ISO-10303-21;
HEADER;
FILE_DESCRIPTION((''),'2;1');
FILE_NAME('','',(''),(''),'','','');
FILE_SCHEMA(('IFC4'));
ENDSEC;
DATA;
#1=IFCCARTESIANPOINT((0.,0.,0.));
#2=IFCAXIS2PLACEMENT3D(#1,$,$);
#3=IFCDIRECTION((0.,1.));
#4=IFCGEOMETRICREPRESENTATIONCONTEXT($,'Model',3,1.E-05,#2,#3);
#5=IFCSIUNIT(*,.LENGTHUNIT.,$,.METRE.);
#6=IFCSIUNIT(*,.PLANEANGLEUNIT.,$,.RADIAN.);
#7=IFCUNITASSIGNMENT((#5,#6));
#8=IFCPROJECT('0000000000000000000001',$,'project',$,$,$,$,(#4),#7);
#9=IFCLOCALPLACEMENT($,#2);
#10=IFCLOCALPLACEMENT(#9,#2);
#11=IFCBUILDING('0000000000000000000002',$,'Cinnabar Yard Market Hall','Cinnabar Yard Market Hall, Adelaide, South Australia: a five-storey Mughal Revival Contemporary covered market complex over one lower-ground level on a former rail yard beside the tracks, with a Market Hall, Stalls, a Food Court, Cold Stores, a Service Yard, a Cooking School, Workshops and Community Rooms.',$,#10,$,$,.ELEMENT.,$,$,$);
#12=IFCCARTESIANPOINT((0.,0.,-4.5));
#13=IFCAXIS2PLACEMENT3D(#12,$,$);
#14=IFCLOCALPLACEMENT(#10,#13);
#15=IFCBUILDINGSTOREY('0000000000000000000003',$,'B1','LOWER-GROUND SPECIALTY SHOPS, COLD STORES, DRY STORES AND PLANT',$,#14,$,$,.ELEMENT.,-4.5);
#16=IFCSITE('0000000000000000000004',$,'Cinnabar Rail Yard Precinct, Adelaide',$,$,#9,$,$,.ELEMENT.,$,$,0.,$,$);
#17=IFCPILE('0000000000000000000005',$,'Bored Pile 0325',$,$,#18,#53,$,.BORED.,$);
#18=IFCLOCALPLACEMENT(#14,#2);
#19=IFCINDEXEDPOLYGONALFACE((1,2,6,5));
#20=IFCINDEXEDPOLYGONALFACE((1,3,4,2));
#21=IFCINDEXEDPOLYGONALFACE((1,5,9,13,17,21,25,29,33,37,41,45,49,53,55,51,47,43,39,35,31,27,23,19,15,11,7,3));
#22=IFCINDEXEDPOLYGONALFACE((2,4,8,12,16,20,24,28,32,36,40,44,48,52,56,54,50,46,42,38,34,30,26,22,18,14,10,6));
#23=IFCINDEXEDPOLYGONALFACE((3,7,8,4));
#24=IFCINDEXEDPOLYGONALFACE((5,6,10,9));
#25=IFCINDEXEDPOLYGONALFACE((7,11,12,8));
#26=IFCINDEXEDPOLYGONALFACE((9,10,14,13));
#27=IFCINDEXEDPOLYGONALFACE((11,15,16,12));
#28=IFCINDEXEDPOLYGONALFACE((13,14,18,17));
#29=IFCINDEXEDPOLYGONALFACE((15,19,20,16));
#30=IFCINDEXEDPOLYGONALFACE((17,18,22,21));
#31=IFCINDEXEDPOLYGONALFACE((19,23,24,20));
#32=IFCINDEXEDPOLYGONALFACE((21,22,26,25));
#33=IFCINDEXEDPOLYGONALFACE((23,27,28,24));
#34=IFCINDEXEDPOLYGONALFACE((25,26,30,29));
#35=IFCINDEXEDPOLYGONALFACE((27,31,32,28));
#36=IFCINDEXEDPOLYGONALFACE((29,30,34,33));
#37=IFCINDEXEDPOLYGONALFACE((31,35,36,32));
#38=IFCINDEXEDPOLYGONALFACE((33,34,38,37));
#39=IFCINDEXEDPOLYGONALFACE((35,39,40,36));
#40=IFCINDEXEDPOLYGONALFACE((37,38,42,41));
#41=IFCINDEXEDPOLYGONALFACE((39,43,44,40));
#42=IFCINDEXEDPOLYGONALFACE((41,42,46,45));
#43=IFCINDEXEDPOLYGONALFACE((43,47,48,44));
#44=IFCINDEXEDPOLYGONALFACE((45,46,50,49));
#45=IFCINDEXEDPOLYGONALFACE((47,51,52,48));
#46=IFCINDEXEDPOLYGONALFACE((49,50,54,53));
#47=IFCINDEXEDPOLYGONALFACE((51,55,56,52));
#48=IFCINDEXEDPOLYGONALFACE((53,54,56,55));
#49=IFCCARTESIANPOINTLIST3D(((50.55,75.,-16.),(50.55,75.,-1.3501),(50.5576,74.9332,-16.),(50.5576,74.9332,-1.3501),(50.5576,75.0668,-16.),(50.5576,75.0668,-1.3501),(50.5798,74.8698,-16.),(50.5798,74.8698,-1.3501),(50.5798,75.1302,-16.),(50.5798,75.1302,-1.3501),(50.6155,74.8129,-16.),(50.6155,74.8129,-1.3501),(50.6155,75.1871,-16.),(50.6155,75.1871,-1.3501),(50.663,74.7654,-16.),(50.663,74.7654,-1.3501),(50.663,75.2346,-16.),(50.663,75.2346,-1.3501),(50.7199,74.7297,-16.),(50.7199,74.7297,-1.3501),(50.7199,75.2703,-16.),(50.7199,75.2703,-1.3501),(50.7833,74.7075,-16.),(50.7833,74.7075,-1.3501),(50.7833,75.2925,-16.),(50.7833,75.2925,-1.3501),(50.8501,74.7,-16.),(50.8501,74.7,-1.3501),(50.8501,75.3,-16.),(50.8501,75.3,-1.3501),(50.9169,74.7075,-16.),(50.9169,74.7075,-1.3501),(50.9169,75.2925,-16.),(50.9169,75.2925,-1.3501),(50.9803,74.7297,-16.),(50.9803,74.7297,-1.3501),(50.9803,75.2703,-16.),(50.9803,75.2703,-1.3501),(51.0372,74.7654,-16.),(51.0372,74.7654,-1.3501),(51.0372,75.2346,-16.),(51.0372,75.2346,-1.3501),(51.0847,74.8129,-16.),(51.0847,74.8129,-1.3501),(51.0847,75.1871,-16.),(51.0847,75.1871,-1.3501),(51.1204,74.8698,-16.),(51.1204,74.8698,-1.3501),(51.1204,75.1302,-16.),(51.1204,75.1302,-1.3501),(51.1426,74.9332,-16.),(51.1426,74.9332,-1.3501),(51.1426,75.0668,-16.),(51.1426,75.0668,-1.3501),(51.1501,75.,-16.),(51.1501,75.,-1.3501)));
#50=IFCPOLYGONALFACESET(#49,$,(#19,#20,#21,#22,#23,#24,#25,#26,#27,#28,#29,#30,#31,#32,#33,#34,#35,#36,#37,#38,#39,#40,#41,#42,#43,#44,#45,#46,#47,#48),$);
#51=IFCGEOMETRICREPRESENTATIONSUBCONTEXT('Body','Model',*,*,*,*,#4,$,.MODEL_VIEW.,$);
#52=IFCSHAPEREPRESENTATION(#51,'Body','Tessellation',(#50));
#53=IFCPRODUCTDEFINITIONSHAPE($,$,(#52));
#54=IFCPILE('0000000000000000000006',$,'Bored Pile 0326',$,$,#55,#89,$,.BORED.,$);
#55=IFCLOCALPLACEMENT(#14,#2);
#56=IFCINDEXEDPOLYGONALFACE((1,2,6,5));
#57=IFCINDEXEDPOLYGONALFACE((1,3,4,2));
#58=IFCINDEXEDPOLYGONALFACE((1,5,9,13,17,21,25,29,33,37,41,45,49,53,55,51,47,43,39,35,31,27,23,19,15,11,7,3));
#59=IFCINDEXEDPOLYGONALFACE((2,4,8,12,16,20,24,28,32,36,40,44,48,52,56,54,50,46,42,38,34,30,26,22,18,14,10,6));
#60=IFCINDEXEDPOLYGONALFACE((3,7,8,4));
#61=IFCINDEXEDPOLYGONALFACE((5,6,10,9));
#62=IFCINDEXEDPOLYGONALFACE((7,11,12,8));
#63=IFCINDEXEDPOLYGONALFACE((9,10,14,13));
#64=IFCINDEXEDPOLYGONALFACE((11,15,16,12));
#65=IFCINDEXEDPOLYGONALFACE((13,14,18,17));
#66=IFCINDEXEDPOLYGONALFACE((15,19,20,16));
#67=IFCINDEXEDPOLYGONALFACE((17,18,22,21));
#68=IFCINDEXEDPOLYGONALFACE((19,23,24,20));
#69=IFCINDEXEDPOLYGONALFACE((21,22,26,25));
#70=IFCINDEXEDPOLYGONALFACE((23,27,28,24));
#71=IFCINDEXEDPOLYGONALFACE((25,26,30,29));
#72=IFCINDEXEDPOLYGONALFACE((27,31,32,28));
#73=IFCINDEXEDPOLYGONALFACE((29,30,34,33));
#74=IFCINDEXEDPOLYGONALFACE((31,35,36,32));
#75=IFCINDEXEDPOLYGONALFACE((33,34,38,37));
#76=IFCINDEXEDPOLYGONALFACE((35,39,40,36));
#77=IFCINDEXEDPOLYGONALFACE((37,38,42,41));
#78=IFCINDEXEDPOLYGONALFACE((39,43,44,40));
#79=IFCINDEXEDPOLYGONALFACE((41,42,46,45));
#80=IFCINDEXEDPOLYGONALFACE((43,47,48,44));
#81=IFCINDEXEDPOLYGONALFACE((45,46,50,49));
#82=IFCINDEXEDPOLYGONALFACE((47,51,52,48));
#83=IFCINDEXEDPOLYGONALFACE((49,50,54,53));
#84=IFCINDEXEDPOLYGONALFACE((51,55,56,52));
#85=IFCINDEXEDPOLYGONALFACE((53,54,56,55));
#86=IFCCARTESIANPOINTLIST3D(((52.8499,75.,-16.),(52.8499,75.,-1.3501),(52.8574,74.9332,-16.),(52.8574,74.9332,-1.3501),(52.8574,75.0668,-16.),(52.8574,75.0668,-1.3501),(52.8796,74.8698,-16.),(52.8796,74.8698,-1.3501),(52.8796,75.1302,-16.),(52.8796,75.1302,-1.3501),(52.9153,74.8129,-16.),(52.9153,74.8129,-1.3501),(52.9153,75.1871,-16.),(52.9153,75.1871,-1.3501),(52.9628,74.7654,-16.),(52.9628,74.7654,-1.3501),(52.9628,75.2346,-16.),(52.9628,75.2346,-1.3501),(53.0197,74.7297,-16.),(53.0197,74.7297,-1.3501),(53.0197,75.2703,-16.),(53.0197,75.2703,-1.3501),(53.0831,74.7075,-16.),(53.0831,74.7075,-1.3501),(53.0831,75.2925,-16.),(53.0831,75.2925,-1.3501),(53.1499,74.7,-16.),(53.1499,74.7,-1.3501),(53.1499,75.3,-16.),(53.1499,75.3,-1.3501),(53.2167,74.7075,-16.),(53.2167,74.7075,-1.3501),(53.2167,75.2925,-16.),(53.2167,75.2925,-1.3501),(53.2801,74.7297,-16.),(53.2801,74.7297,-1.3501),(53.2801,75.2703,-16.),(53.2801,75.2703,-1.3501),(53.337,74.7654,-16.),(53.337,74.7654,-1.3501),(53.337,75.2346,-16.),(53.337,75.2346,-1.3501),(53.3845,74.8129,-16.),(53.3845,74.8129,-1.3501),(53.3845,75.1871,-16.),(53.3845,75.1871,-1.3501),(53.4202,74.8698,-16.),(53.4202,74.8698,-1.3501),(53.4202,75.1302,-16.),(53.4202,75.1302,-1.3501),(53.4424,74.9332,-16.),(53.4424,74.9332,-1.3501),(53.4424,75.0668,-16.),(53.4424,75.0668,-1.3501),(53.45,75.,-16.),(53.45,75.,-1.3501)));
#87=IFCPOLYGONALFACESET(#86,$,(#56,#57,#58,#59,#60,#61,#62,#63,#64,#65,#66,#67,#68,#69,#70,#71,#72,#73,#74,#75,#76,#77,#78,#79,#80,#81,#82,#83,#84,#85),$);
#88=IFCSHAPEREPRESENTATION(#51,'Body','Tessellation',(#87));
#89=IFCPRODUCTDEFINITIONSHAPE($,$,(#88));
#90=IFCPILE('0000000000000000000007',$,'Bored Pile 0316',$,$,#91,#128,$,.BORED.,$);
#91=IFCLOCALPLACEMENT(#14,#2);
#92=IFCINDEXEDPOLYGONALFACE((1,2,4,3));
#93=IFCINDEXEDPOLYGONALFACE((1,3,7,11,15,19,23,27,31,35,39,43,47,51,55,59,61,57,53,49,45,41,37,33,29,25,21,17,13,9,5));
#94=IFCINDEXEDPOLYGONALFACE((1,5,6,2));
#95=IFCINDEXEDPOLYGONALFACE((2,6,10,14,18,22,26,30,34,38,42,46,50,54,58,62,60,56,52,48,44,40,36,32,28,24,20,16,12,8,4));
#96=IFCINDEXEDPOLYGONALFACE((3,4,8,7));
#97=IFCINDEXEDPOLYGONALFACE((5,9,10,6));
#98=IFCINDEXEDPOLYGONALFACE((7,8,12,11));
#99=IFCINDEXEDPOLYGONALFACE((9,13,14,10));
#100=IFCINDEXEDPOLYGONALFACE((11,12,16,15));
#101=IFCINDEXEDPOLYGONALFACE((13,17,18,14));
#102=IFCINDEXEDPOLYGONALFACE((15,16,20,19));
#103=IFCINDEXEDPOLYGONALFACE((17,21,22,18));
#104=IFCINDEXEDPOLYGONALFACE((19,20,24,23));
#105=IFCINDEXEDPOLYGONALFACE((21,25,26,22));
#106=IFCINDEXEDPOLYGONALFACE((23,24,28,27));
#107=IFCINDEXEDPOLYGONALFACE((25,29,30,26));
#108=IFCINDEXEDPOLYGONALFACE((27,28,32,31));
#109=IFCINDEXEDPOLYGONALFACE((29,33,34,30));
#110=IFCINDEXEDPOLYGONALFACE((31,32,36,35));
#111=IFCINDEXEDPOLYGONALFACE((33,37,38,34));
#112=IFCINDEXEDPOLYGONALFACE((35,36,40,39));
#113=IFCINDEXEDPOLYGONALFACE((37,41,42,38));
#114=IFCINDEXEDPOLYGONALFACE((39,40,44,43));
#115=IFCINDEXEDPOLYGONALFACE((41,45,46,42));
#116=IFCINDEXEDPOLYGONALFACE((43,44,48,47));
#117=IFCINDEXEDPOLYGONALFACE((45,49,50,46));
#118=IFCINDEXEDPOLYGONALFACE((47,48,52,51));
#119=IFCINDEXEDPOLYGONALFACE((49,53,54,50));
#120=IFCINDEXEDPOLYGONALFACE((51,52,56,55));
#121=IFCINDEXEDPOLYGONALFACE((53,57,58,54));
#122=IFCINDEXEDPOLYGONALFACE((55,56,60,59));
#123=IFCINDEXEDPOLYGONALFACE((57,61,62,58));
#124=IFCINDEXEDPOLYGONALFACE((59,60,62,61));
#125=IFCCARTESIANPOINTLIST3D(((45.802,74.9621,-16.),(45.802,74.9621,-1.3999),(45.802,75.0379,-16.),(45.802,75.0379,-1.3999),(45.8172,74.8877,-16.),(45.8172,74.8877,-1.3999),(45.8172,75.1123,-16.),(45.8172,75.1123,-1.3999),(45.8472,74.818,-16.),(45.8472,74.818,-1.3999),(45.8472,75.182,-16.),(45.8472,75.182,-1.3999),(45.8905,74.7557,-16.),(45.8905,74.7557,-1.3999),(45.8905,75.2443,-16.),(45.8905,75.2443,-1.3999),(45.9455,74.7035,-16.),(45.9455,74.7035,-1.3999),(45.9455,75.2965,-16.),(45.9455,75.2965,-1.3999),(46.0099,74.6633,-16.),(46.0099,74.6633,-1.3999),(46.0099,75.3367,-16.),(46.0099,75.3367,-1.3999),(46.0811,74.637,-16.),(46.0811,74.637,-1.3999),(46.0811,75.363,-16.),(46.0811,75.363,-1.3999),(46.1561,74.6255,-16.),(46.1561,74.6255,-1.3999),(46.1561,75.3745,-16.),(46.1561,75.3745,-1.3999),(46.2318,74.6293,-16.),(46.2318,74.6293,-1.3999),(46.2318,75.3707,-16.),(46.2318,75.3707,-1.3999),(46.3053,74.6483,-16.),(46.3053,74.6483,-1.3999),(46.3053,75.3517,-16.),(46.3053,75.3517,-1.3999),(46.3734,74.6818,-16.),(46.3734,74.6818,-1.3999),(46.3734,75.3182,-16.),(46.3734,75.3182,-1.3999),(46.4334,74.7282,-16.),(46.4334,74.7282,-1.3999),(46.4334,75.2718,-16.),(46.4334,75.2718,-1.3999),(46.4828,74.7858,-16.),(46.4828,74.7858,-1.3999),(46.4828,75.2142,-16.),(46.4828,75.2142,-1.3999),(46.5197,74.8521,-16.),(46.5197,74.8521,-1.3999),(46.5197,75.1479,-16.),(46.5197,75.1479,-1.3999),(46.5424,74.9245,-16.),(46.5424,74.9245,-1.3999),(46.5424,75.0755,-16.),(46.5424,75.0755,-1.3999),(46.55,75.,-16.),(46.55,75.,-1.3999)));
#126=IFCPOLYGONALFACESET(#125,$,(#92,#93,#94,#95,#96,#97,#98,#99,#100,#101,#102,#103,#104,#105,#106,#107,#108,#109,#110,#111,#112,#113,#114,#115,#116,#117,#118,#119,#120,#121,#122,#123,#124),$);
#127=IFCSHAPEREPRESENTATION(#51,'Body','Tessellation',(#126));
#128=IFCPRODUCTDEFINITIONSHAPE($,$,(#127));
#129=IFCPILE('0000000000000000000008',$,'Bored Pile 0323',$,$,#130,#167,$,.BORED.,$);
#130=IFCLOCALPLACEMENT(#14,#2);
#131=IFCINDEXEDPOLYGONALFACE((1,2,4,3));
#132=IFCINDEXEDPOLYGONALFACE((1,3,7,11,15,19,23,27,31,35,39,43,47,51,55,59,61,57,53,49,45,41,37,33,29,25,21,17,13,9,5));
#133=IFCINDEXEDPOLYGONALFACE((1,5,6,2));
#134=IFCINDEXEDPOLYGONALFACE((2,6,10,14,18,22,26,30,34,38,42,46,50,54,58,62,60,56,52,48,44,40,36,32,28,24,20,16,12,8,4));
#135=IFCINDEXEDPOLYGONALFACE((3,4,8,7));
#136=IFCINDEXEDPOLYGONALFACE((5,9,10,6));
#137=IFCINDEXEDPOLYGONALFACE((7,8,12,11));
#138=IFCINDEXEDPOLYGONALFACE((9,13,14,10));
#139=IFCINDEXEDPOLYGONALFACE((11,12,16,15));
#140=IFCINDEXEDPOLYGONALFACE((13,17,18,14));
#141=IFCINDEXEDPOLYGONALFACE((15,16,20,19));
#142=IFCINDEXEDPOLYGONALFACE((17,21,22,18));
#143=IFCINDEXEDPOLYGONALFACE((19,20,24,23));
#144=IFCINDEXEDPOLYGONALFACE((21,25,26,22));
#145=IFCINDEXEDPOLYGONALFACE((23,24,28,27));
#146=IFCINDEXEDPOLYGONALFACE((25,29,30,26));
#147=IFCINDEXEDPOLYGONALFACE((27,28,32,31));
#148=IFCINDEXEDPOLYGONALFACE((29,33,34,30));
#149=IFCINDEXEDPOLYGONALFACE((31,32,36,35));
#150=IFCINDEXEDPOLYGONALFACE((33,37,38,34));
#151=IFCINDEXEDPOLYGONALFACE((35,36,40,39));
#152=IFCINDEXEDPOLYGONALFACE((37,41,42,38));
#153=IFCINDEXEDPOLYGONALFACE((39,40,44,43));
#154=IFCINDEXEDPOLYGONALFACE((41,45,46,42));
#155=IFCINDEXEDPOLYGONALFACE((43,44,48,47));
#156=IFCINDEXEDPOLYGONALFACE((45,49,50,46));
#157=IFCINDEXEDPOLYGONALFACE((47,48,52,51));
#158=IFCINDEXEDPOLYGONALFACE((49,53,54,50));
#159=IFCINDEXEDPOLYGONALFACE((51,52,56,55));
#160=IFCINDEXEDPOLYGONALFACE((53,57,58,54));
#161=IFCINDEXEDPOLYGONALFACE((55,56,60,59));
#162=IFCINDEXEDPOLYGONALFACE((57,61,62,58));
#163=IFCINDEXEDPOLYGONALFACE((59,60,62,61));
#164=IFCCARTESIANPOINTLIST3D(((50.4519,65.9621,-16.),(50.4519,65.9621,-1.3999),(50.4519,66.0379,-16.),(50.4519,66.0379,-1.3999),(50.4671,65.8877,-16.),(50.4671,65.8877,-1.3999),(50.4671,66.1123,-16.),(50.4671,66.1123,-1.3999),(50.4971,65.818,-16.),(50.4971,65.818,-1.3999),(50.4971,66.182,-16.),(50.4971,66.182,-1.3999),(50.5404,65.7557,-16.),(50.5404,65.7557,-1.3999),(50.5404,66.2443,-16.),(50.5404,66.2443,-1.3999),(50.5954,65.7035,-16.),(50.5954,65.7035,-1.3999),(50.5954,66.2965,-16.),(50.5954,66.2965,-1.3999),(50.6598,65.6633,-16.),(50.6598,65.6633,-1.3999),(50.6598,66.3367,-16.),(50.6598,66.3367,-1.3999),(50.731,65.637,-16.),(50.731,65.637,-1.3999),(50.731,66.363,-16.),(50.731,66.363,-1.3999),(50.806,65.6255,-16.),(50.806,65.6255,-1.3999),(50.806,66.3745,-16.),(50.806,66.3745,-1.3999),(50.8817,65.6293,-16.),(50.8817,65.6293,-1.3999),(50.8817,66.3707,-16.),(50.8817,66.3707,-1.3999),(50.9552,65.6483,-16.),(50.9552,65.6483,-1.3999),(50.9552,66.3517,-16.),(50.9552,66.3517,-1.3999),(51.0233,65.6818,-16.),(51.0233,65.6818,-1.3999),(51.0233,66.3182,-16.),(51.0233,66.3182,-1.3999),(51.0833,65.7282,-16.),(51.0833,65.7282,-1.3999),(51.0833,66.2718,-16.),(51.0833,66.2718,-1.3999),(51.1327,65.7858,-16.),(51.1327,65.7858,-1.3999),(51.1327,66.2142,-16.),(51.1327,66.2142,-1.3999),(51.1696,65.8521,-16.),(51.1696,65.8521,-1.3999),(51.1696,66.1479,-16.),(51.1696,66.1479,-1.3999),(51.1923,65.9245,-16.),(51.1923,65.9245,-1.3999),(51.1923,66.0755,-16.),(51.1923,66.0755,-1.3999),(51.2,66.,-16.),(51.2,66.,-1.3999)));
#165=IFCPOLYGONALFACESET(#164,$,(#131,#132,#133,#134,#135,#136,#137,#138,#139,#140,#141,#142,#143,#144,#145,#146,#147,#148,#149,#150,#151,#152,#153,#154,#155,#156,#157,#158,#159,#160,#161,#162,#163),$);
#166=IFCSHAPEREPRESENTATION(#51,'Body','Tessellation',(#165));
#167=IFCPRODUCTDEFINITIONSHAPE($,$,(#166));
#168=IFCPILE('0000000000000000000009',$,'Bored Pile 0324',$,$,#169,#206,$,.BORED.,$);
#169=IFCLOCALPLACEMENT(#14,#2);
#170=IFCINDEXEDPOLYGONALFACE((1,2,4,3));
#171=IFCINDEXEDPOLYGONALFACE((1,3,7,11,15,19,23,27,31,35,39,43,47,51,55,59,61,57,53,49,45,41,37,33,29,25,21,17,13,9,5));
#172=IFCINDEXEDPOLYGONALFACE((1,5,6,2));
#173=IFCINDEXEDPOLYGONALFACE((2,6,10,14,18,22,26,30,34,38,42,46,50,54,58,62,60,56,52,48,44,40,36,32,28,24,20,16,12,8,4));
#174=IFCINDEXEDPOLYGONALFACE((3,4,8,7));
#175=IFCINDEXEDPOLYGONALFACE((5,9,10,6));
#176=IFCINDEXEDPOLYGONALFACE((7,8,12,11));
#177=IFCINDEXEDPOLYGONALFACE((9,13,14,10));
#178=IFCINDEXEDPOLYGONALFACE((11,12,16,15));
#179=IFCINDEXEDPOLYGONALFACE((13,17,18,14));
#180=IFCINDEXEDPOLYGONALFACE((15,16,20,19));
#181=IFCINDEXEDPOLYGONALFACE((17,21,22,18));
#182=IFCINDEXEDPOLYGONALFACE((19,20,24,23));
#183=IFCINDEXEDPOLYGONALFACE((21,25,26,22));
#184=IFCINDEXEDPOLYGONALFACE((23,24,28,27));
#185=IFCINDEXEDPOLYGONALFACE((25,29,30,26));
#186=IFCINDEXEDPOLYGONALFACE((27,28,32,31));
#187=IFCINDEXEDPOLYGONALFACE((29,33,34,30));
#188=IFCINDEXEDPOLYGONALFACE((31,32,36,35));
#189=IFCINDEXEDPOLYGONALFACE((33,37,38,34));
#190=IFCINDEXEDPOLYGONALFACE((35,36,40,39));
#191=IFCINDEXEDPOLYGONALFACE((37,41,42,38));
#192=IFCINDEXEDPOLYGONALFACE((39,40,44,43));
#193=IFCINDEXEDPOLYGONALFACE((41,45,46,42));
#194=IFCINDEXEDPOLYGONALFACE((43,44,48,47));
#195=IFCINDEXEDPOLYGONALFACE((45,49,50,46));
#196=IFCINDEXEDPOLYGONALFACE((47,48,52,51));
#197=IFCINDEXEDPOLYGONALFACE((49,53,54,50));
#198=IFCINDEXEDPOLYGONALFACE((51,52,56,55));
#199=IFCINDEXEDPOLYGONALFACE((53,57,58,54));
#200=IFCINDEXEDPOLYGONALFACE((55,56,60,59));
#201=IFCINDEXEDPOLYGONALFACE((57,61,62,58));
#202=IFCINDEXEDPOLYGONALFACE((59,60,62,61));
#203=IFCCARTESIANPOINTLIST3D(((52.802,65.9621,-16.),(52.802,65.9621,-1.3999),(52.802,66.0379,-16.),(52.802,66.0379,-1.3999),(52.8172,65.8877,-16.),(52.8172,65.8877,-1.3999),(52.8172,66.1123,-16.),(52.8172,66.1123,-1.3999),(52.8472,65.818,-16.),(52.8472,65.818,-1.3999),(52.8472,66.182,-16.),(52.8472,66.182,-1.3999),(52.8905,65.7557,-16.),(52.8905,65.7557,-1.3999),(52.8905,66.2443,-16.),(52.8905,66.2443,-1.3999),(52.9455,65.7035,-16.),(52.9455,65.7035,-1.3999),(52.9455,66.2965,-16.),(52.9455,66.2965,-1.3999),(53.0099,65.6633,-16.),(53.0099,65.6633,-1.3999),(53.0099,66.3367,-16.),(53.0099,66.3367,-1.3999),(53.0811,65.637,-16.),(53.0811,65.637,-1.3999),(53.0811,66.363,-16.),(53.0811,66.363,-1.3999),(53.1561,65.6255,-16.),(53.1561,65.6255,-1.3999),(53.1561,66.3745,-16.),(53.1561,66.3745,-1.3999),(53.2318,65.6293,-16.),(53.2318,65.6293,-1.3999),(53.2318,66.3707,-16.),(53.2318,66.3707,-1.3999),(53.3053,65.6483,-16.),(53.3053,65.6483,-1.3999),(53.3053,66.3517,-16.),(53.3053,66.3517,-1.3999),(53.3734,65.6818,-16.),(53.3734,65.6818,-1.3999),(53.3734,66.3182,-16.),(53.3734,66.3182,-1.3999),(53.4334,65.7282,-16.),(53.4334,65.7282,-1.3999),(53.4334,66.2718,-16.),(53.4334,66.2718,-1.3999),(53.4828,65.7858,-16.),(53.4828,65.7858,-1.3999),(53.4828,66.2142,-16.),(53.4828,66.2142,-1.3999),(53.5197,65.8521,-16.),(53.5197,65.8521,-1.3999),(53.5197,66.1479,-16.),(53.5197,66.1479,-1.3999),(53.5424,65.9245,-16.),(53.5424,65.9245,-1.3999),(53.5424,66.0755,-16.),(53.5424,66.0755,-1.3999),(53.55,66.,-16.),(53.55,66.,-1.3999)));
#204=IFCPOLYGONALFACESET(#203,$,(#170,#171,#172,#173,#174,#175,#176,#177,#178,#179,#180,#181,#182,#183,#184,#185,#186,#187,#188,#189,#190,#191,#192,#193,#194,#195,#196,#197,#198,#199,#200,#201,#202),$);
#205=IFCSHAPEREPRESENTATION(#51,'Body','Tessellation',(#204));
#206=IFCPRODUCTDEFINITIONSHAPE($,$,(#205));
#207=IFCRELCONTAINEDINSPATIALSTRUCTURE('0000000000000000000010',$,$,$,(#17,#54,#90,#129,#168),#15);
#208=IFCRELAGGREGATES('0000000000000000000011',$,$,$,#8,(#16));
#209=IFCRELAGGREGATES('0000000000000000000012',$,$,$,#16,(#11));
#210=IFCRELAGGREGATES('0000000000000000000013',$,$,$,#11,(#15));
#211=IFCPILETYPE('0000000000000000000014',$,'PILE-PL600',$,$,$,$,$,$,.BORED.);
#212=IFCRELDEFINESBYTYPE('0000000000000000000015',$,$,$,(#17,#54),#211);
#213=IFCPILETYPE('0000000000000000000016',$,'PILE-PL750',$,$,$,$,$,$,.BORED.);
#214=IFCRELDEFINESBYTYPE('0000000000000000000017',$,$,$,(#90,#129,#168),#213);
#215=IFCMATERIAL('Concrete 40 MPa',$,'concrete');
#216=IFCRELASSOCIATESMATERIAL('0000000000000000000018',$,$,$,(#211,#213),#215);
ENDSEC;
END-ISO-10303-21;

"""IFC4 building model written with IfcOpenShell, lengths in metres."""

from ifc_helpers import new_model, si_unit, direction, frame, origin, origin_2d_with_axis, place, context, subcontext, project, spatial, circle, extrude, material, material_profile, profile_set, type_object, element, save


model = new_model("IFC4")

# Units and contexts
model_context = context("Model", 3, precision=1e-05, world=origin(), true_north=direction((0.0, 1.0)))
body_context = subcontext(model_context, "Body", "Model", "MODEL_VIEW")
ifc_project = project(units=[si_unit("LENGTHUNIT", "METRE"), si_unit("PLANEANGLEUNIT", "RADIAN")], contexts=[model_context])

# Site, building, storey
site_placement = place(None, origin())
site = spatial("IfcSite", under=ifc_project, at=site_placement, Name="Cinnabar Rail Yard Precinct, Adelaide", CompositionType="ELEMENT", RefElevation=0.0)
building_placement = place(site_placement, origin())
building = spatial("IfcBuilding", under=site, at=building_placement, Name="Cinnabar Yard Market Hall", Description="Cinnabar Yard Market Hall, Adelaide, South Australia: a five-storey Mughal Revival Contemporary covered market complex over one lower-ground level on a former rail yard beside the tracks, with a Market Hall, Stalls, a Food Court, Cold Stores, a Service Yard, a Cooking School, Workshops and Community Rooms.", CompositionType="ELEMENT")
storey_placement = place(building_placement, frame((0.0, 0.0, -4.5)))
storey = spatial("IfcBuildingStorey", under=building, at=storey_placement, Name="B1", Description="LOWER-GROUND SPECIALTY SHOPS, COLD STORES, DRY STORES AND PLANT", CompositionType="ELEMENT", Elevation=-4.5)

# Shared definitions
ifc_material_1 = material(Name="Concrete 40 MPa", Category="concrete")

# Piles
ifc_material_profile_1 = material_profile(ifc_material_1, circle(Radius=0.3, at=origin_2d_with_axis()), Name="PILE-D600")
ifc_profile_set_1 = profile_set([ifc_material_profile_1], Name="Concrete 40 MPa")
pile_type_1 = type_object("IfcPileType", Name="PILE-PL600", PredefinedType="BORED", material=ifc_profile_set_1)
for number, where, z_axis, x_axis, name in (
    (1, (50.8501, 75.0, -1.3501), (0.0, 0.0, -1.0), (1.0, 0.0, 0.0), "Bored Pile 0325"),
    (2, (53.1499, 75.0, -1.3501), (0.0, 0.0, -1.0), (1.0, 0.0, 0.0), "Bored Pile 0326"),
):
    element("IfcPile", number, at=place(storey_placement, frame(where, z_axis=z_axis, x_axis=x_axis)), inside=storey, type_object=pile_type_1, Name=name, PredefinedType="BORED", context=body_context, shape_type="SweptSolid", body=[
        extrude(circle(Radius=0.3, at=origin_2d_with_axis()), origin(), (0.0, 0.0, 1.0), 14.6499),
    ])
ifc_material_profile_2 = material_profile(ifc_material_1, circle(Radius=0.375, at=origin_2d_with_axis()), Name="PILE-D750")
ifc_profile_set_2 = profile_set([ifc_material_profile_2], Name="Concrete 40 MPa")
pile_type_2 = type_object("IfcPileType", Name="PILE-PL750", PredefinedType="BORED", material=ifc_profile_set_2)
for number, where, z_axis, x_axis, name in (
    (3, (46.175, 75.0, -1.3999), (0.0, 0.0, -1.0), (1.0, 0.0, 0.0), "Bored Pile 0316"),
    (4, (50.825, 66.0, -1.3999), (0.0, 0.0, -1.0), (1.0, 0.0, 0.0), "Bored Pile 0323"),
    (5, (53.175, 66.0, -1.3999), (0.0, 0.0, -1.0), (1.0, 0.0, 0.0), "Bored Pile 0324"),
):
    element("IfcPile", number, at=place(storey_placement, frame(where, z_axis=z_axis, x_axis=x_axis)), inside=storey, type_object=pile_type_2, Name=name, PredefinedType="BORED", context=body_context, shape_type="SweptSolid", body=[
        extrude(circle(Radius=0.375, at=origin_2d_with_axis()), origin(), (0.0, 0.0, 1.0), 14.6001),
    ])

save(model, "model.ifc")
